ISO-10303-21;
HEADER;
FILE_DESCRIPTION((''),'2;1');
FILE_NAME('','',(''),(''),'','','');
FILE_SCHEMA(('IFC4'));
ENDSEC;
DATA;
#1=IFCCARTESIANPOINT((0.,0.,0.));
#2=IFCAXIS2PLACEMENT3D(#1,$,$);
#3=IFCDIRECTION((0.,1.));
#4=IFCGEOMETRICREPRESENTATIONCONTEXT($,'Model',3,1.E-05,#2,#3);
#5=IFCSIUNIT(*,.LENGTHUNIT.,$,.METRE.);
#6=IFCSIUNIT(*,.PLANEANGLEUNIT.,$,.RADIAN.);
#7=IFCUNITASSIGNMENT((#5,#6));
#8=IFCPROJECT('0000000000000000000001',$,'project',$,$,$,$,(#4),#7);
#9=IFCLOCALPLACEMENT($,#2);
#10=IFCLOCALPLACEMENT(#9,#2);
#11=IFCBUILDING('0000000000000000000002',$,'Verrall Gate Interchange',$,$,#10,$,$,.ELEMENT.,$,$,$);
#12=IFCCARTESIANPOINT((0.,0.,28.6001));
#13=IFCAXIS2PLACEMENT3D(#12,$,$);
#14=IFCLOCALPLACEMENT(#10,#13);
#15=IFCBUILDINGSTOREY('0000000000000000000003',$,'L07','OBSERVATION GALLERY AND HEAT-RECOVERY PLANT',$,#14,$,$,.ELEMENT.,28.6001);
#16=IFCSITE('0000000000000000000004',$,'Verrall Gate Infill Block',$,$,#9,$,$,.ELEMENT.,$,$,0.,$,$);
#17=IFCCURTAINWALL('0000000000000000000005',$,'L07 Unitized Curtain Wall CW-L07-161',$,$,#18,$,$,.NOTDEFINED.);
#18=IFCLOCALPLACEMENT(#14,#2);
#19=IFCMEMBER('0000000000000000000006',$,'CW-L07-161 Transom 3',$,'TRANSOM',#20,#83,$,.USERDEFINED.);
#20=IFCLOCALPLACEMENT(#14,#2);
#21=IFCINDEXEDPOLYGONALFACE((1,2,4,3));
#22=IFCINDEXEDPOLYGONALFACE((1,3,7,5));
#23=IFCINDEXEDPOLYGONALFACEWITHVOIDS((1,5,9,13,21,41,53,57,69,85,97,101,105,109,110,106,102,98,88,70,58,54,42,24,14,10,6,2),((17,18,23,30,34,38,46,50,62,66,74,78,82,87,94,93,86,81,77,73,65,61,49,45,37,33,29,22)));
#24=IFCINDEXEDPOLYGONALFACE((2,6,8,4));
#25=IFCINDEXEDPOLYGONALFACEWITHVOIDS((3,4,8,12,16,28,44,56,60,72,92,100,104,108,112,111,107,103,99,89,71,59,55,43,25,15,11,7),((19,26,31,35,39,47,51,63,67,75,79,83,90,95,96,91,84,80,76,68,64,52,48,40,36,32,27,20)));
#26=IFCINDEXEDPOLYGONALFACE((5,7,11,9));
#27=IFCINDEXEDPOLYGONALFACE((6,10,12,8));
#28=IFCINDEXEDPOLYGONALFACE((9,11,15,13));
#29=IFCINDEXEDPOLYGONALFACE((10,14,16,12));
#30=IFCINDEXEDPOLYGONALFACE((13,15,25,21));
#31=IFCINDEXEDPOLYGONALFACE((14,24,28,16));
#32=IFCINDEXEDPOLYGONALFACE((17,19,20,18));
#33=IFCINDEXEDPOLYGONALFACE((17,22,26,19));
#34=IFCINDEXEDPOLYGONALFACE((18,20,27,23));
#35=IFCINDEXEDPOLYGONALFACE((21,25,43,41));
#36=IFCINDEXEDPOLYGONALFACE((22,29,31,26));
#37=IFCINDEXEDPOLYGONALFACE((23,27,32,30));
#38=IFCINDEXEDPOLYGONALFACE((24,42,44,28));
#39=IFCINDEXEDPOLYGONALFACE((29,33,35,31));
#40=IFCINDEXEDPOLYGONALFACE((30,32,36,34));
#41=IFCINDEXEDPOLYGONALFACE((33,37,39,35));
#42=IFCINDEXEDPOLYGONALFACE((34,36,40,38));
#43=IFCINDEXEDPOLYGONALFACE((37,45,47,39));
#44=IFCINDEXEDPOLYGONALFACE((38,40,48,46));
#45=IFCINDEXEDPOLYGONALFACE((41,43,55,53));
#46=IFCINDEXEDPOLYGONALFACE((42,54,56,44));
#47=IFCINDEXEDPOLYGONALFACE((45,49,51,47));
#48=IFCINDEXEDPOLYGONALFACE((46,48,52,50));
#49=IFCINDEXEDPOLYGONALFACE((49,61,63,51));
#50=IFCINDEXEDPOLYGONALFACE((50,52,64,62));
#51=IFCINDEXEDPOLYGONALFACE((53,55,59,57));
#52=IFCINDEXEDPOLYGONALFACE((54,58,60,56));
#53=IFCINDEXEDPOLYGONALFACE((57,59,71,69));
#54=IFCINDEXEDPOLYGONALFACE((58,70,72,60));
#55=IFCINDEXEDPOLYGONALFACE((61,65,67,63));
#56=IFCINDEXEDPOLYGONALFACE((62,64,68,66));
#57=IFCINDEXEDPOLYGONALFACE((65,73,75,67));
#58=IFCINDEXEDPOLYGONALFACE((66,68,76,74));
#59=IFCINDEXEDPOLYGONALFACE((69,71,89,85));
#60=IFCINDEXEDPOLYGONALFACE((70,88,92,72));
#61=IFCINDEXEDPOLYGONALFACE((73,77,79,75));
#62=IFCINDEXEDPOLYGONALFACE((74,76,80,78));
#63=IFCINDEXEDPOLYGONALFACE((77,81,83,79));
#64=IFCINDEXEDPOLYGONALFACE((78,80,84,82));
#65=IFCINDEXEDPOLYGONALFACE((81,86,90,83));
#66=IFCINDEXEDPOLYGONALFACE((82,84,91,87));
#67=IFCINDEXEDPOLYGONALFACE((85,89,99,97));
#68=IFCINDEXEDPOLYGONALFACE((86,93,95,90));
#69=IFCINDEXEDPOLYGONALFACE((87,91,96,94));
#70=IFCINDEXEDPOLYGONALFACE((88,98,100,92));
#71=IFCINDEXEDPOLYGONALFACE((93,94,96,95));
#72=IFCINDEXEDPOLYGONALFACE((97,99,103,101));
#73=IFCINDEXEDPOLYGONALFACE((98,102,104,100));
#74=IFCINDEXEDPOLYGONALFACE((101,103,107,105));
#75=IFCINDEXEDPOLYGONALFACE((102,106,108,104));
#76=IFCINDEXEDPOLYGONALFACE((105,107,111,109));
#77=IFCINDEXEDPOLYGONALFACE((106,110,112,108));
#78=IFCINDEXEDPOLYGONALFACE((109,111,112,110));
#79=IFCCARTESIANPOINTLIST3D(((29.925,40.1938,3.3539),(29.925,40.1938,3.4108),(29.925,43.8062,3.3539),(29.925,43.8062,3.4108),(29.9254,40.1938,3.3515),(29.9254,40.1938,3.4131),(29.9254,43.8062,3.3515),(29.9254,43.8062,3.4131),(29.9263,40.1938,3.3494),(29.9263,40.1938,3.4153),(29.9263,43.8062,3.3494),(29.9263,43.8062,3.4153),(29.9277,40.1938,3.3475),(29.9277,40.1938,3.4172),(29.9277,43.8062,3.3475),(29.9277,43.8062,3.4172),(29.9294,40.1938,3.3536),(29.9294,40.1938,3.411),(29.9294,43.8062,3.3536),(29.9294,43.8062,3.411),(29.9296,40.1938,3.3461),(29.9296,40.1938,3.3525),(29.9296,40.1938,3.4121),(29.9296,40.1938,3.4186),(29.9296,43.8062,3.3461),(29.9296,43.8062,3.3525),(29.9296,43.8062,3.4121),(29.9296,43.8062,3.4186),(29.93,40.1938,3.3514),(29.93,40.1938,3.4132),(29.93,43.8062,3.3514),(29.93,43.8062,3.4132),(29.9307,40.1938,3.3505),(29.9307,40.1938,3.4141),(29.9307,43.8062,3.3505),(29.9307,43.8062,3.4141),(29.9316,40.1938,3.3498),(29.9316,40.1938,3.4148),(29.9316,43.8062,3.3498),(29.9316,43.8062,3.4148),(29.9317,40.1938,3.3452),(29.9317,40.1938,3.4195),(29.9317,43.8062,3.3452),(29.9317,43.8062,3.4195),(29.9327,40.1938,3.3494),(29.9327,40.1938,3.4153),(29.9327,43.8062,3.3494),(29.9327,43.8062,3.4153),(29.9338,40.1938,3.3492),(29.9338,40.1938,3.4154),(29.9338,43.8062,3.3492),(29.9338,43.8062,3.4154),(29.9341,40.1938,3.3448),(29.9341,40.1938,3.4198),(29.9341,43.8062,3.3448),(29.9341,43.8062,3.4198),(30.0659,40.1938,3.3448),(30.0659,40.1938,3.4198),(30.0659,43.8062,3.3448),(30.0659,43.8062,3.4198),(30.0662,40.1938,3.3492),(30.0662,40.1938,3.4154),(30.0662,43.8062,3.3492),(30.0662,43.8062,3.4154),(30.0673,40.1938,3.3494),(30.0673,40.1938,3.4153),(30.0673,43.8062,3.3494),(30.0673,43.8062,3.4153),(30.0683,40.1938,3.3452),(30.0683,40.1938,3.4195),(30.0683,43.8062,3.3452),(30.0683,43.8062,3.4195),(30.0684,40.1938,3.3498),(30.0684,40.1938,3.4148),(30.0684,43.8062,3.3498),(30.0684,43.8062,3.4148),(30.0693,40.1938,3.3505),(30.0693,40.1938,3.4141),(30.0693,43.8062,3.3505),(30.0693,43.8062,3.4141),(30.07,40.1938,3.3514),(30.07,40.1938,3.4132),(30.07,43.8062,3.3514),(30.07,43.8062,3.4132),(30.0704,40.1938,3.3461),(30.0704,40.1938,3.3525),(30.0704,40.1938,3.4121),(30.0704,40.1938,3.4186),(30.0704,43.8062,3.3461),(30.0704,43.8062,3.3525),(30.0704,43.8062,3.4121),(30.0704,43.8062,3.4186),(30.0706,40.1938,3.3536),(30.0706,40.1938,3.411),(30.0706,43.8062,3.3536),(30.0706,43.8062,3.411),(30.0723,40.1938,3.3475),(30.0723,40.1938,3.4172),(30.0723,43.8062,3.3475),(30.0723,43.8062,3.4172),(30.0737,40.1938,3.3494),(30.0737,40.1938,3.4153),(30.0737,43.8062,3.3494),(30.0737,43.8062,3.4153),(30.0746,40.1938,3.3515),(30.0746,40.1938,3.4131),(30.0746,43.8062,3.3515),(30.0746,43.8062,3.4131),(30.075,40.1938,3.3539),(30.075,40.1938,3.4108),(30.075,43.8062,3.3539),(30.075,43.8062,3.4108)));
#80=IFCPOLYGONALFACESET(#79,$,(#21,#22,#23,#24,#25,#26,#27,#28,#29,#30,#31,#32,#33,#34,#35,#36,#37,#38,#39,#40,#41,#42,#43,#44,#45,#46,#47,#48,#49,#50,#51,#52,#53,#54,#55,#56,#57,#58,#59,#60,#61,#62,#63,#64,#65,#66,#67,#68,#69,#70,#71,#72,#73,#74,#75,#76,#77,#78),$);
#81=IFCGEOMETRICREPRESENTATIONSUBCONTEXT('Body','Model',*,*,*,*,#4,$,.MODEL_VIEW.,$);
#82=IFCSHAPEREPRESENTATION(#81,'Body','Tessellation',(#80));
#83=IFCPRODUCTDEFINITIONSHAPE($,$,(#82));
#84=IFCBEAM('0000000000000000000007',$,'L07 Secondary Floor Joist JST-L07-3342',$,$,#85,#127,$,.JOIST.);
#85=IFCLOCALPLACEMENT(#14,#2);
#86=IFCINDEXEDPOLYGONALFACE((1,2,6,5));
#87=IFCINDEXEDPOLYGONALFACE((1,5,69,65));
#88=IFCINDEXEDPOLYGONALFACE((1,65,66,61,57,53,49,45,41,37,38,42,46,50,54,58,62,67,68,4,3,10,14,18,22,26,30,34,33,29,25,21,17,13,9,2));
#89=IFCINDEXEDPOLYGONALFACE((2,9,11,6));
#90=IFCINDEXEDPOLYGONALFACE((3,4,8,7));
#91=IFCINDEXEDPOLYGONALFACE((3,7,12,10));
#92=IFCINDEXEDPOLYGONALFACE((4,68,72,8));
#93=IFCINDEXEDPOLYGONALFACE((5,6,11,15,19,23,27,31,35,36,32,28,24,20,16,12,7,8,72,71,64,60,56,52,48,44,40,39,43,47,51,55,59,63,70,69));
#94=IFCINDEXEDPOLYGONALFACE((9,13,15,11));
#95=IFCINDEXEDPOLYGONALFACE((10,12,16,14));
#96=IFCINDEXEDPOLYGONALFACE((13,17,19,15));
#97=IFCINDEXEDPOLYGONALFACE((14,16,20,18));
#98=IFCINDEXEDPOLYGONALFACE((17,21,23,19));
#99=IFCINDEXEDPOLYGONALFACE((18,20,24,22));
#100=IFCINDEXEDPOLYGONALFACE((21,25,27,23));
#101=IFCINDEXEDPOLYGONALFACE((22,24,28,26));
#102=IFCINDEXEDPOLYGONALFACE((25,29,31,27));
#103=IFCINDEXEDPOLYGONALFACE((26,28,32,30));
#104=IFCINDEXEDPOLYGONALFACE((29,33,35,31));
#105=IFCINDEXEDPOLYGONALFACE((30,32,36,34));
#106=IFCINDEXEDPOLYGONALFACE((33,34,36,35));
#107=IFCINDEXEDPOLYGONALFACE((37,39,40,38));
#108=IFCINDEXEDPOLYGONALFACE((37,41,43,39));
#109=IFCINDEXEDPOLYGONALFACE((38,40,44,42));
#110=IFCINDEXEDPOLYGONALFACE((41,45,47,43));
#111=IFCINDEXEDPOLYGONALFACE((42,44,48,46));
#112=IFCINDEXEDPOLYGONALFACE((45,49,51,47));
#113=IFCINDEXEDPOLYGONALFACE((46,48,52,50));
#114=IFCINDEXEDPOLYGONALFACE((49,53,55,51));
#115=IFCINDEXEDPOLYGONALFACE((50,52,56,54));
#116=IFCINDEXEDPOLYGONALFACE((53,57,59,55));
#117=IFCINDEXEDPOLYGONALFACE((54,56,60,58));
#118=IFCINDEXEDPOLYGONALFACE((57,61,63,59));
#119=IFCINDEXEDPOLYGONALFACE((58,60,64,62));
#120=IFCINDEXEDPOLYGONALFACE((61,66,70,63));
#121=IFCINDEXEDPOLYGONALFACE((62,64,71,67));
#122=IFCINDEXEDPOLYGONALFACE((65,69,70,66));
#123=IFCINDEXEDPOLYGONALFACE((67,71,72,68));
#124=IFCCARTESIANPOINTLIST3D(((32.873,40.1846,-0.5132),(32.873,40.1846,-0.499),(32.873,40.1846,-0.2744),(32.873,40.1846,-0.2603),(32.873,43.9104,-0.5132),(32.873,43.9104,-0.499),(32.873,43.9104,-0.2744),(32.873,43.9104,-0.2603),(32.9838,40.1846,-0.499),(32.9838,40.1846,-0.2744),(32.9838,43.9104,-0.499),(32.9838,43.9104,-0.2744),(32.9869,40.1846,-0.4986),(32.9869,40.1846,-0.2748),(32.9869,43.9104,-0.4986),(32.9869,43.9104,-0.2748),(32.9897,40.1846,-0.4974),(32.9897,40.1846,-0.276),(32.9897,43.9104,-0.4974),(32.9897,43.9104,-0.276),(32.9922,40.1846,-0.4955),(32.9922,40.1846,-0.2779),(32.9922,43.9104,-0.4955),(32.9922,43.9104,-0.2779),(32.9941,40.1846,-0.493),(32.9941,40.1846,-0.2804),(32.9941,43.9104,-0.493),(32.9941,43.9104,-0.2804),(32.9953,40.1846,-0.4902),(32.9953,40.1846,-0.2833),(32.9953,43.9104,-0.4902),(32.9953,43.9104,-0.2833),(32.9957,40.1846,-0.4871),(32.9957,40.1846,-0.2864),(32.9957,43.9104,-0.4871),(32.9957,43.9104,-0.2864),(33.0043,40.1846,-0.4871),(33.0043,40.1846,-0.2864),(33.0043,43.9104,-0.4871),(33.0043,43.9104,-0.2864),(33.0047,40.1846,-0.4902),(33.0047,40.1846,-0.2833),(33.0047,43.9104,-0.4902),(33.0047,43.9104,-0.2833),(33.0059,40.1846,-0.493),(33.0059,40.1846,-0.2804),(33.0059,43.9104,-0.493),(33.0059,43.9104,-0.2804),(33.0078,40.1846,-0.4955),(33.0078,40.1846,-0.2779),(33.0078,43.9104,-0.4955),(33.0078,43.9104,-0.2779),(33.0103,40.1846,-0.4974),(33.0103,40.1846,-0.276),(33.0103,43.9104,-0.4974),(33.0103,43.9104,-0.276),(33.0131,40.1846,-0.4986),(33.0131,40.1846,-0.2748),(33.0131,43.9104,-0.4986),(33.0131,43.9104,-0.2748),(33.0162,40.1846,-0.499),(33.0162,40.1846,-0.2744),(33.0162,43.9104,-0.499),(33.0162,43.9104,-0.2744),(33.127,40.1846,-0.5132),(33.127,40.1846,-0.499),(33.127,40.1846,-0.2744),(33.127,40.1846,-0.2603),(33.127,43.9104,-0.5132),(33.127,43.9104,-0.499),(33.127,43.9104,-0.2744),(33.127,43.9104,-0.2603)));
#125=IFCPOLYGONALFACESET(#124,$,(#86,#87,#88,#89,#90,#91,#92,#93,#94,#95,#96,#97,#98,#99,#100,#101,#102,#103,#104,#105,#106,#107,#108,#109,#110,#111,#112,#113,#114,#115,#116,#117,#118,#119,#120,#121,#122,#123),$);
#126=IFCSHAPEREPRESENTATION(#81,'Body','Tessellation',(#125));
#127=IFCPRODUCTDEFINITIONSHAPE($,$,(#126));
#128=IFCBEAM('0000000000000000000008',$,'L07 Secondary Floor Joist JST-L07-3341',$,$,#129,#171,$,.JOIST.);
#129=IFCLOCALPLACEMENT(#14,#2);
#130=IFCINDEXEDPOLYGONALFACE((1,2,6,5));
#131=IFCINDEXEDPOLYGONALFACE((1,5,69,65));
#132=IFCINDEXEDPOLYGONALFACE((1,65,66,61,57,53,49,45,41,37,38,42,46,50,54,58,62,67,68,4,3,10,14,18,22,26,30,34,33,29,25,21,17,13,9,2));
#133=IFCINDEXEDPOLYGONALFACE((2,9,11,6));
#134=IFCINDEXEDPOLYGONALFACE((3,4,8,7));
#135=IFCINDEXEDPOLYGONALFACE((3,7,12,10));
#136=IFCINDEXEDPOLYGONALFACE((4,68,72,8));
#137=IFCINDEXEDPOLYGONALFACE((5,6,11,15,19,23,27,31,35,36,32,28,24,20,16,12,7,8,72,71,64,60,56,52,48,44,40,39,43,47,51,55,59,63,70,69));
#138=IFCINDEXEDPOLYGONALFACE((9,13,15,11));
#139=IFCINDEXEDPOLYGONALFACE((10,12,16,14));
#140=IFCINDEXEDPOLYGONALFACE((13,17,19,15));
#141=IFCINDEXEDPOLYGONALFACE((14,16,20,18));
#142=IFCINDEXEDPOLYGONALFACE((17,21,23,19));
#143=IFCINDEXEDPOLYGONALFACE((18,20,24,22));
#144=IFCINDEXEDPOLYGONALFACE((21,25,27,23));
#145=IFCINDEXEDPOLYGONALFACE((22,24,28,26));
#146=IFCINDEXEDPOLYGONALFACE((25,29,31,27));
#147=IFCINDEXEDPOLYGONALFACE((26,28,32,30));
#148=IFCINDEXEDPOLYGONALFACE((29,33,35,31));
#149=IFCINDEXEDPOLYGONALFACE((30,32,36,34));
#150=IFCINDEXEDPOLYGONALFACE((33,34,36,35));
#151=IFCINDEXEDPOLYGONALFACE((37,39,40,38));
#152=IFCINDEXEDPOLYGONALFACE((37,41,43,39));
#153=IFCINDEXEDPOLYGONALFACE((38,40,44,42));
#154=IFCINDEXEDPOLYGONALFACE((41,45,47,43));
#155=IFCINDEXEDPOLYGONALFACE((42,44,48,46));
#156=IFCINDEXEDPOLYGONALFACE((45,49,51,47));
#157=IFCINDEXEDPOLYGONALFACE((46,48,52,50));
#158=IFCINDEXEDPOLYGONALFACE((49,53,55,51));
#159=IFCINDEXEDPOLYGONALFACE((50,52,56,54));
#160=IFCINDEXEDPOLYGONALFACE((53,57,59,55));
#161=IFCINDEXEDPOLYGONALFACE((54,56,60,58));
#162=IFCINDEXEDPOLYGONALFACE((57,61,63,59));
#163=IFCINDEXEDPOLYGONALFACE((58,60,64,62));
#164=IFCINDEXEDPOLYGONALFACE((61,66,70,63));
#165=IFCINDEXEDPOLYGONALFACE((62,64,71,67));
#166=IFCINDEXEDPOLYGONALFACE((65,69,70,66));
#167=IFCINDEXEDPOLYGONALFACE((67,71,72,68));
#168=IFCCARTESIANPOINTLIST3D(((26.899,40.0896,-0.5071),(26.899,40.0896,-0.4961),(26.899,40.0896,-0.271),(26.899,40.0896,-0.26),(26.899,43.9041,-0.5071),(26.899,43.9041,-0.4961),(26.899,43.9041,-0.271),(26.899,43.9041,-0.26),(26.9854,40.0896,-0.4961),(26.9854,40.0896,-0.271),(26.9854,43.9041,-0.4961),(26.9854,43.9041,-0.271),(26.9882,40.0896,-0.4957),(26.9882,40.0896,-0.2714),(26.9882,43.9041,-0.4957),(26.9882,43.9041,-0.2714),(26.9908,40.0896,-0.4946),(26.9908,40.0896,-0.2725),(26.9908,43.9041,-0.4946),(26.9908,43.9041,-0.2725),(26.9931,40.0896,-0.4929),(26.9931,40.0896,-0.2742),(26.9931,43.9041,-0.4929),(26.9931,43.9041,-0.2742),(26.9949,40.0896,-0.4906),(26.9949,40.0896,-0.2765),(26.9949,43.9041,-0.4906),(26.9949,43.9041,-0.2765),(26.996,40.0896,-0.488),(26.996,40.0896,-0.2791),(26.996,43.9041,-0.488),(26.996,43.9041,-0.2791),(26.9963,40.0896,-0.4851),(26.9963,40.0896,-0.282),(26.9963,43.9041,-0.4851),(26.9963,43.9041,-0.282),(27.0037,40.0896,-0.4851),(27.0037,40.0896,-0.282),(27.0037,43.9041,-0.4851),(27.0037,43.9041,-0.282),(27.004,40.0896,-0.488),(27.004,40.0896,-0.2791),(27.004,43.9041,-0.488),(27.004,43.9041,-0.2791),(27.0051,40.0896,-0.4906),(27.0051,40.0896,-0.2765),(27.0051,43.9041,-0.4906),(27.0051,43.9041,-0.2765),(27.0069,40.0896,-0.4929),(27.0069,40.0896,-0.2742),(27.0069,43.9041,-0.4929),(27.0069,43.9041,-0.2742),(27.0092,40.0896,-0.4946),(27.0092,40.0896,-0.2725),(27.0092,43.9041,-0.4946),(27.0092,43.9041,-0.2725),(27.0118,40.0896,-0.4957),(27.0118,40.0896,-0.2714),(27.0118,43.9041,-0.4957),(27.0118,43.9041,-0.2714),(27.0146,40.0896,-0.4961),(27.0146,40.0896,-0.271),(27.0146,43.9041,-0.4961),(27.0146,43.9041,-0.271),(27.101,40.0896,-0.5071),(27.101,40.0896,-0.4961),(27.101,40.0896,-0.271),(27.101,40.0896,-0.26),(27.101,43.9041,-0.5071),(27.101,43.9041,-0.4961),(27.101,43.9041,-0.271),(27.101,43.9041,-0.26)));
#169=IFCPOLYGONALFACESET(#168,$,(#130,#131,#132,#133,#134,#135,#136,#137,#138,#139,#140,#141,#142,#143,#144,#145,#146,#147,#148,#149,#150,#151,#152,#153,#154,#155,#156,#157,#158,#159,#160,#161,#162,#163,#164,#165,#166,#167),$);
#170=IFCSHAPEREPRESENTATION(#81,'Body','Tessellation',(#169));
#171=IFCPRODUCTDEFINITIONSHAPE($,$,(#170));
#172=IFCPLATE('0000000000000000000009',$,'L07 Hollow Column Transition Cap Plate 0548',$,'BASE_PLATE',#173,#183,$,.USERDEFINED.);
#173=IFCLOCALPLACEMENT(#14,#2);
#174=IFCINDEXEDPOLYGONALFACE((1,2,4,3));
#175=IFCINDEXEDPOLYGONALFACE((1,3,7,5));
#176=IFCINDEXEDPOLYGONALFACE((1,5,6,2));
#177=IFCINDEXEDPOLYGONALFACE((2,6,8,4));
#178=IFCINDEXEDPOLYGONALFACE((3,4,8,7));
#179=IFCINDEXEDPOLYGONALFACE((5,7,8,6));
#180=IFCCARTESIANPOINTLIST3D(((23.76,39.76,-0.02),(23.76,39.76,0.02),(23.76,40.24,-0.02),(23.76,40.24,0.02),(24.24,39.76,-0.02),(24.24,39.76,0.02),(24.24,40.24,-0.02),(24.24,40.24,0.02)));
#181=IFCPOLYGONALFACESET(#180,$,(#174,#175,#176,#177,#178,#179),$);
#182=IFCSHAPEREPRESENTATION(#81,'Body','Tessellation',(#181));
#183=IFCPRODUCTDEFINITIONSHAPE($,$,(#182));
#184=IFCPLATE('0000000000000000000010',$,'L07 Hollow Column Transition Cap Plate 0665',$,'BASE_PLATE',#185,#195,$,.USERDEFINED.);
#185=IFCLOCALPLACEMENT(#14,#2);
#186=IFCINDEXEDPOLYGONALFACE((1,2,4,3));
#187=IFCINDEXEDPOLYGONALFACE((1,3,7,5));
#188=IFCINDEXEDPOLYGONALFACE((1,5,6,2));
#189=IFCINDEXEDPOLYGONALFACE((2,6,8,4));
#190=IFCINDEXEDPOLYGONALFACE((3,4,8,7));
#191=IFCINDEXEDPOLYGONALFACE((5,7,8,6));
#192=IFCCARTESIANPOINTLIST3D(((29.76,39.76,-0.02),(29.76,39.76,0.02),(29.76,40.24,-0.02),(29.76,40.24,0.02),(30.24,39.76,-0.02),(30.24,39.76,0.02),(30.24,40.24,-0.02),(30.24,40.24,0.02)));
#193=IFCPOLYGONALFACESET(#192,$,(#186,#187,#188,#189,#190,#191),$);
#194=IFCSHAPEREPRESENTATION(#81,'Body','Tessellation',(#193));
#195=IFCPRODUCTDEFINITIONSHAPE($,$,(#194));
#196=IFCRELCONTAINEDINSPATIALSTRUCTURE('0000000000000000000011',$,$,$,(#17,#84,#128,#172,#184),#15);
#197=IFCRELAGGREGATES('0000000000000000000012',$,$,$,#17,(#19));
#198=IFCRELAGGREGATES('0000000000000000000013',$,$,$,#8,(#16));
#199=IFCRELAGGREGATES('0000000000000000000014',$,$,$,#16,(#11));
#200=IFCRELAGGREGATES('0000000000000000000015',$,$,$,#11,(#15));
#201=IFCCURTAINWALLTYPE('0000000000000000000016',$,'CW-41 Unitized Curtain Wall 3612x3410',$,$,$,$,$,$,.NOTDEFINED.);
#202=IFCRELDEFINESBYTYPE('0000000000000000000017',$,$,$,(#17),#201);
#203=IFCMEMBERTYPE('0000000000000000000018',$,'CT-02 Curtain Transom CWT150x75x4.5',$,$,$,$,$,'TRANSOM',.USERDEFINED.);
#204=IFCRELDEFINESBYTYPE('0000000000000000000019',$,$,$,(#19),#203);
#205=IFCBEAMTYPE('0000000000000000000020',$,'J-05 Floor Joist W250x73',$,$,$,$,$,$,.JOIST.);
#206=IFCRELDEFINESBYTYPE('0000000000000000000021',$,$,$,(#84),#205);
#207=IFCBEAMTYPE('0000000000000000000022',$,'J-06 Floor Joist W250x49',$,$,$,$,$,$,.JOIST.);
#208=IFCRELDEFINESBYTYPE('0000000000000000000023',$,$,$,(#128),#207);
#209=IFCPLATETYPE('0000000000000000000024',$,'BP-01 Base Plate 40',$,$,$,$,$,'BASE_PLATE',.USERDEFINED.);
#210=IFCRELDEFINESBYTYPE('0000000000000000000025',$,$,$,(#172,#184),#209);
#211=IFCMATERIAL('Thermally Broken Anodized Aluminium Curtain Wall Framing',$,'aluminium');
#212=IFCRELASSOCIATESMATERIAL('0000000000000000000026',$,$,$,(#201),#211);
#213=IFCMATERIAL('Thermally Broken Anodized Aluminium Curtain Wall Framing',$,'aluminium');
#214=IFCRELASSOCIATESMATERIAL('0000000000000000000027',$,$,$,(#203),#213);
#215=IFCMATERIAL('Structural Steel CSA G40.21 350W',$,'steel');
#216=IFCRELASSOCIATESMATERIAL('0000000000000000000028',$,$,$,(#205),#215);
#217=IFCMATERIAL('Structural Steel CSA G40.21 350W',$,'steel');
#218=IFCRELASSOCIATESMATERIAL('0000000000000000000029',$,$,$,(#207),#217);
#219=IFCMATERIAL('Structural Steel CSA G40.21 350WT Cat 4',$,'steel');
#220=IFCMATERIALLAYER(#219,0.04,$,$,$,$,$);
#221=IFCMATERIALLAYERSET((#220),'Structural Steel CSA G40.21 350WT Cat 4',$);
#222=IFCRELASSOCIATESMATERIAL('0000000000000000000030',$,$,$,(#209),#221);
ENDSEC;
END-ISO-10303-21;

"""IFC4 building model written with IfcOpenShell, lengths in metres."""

from ifc_helpers import new_model, si_unit, direction, frame, origin, origin_2d, place, context, subcontext, project, spatial, rectangle, hollow_rectangle, i_section, extrude, material, layer, layer_set, material_profile, profile_set, type_object, element, aggregate, save


model = new_model("IFC4")

# Units and contexts
model_context = context("Model", 3, precision=1e-05, world=origin(), true_north=direction((0.0, 1.0)))
body_context = subcontext(model_context, "Body", "Model", "MODEL_VIEW")
ifc_project = project(units=[si_unit("LENGTHUNIT", "METRE"), si_unit("PLANEANGLEUNIT", "RADIAN")], contexts=[model_context])

# Site, building, storey
site_placement = place(None, origin())
site = spatial("IfcSite", under=ifc_project, at=site_placement, Name="Verrall Gate Infill Block", CompositionType="ELEMENT", RefElevation=0.0)
building_placement = place(site_placement, origin())
building = spatial("IfcBuilding", under=site, at=building_placement, Name="Verrall Gate Interchange", CompositionType="ELEMENT")
storey_placement = place(building_placement, frame((0.0, 0.0, 28.6001)))
storey = spatial("IfcBuildingStorey", under=building, at=storey_placement, Name="L07", Description="OBSERVATION GALLERY AND HEAT-RECOVERY PLANT", CompositionType="ELEMENT", Elevation=28.6001)

# Curtain wall, member
ifc_material_1 = material(Name="Thermally Broken Anodized Aluminium Curtain Wall Framing", Category="aluminium")
curtain_wall_type_1 = type_object("IfcCurtainWallType", Name="CW-41 Unitized Curtain Wall 3612x3410", PredefinedType="NOTDEFINED", material=ifc_material_1)
curtain_wall_1_placement = place(storey_placement, origin())
curtain_wall_1 = element("IfcCurtainWall", 1, at=curtain_wall_1_placement, inside=storey, type_object=curtain_wall_type_1, Name="L07 Unitized Curtain Wall CW-L07-161", PredefinedType="NOTDEFINED")
ifc_material_2 = material(Name="Thermally Broken Anodized Aluminium Curtain Wall Framing", Category="aluminium")
ifc_material_profile_1 = material_profile(ifc_material_2, hollow_rectangle(XDim=0.1499, YDim=0.075, WallThickness=0.0044, InnerFilletRadius=0.0044, OuterFilletRadius=0.009, at=origin_2d()), Name="CWT150x75x4.5")
ifc_profile_set_1 = profile_set([ifc_material_profile_1], Name="Thermally Broken Anodized Aluminium Curtain Wall Framing")
member_type_1 = type_object("IfcMemberType", Name="CT-02 Curtain Transom CWT150x75x4.5", ElementType="TRANSOM", PredefinedType="USERDEFINED", material=ifc_profile_set_1)
member_1_placement = place(storey_placement, frame((30.0, 40.1938, 3.3823), z_axis=(0.0, 1.0, 0.0), x_axis=(-1.0, 0.0, 0.0)))
member_1 = element("IfcMember", 2, at=member_1_placement, type_object=member_type_1, Name="CW-L07-161 Transom 3", ObjectType="TRANSOM", PredefinedType="USERDEFINED", context=body_context, shape_type="SweptSolid", body=[
    extrude(hollow_rectangle(XDim=0.1499, YDim=0.075, WallThickness=0.0044, InnerFilletRadius=0.0044, OuterFilletRadius=0.009, at=origin_2d()), origin(), (0.0, 0.0, 1.0), 3.6123),
])

# Beams
ifc_material_3 = material(Name="Structural Steel CSA G40.21 350W", Category="steel")
ifc_material_profile_2 = material_profile(ifc_material_3, i_section(OverallWidth=0.2539, OverallDepth=0.2529, WebThickness=0.0085, FlangeThickness=0.0142, FilletRadius=0.012, at=origin_2d()), Name="W250x73")
ifc_profile_set_2 = profile_set([ifc_material_profile_2], Name="Structural Steel CSA G40.21 350W")
beam_type_1 = type_object("IfcBeamType", Name="J-05 Floor Joist W250x73", PredefinedType="JOIST", material=ifc_profile_set_2)
beam_1_placement = place(storey_placement, frame((33.0, 40.1846, -0.3867), z_axis=(0.0, 1.0, 0.0), x_axis=(-1.0, 0.0, 0.0)))
element("IfcBeam", 3, at=beam_1_placement, inside=storey, type_object=beam_type_1, Name="L07 Secondary Floor Joist JST-L07-3342", PredefinedType="JOIST", context=body_context, shape_type="SweptSolid", body=[
    extrude(i_section(OverallWidth=0.2539, OverallDepth=0.2529, WebThickness=0.0085, FlangeThickness=0.0142, FilletRadius=0.012, at=origin_2d()), origin(), (0.0, 0.0, 1.0), 3.7258),
])
ifc_material_4 = material(Name="Structural Steel CSA G40.21 350W", Category="steel")
ifc_material_profile_3 = material_profile(ifc_material_4, i_section(OverallWidth=0.2019, OverallDepth=0.2471, WebThickness=0.0073, FlangeThickness=0.011, FilletRadius=0.011, at=origin_2d()), Name="W250x49")
ifc_profile_set_3 = profile_set([ifc_material_profile_3], Name="Structural Steel CSA G40.21 350W")
beam_type_2 = type_object("IfcBeamType", Name="J-06 Floor Joist W250x49", PredefinedType="JOIST", material=ifc_profile_set_3)
beam_2_placement = place(storey_placement, frame((27.0, 40.0896, -0.3835), z_axis=(0.0, 1.0, 0.0), x_axis=(-1.0, 0.0, 0.0)))
element("IfcBeam", 4, at=beam_2_placement, inside=storey, type_object=beam_type_2, Name="L07 Secondary Floor Joist JST-L07-3341", PredefinedType="JOIST", context=body_context, shape_type="SweptSolid", body=[
    extrude(i_section(OverallWidth=0.2019, OverallDepth=0.2471, WebThickness=0.0073, FlangeThickness=0.011, FilletRadius=0.011, at=origin_2d()), origin(), (0.0, 0.0, 1.0), 3.8145),
])

# Plates
ifc_material_5 = material(Name="Structural Steel CSA G40.21 350WT Cat 4", Category="steel")
ifc_layer_1 = layer(ifc_material_5, 0.04)
ifc_layer_set_1 = layer_set([ifc_layer_1], Name="Structural Steel CSA G40.21 350WT Cat 4")
plate_type_1 = type_object("IfcPlateType", Name="BP-01 Base Plate 40", ElementType="BASE_PLATE", PredefinedType="USERDEFINED", material=ifc_layer_set_1)
for number, where, z_axis, x_axis, name in (
    (5, (24.0, 40.0, -0.02), (0.0, 0.0, 1.0), (1.0, 0.0, 0.0), "L07 Hollow Column Transition Cap Plate 0548"),
    (6, (30.0, 40.0, -0.02), (0.0, 0.0, 1.0), (1.0, 0.0, 0.0), "L07 Hollow Column Transition Cap Plate 0665"),
):
    element("IfcPlate", number, at=place(storey_placement, frame(where, z_axis=z_axis, x_axis=x_axis)), inside=storey, type_object=plate_type_1, Name=name, ObjectType="BASE_PLATE", PredefinedType="USERDEFINED", context=body_context, shape_type="SweptSolid", body=[
        extrude(rectangle(XDim=0.48, YDim=0.48, at=origin_2d()), origin(), (0.0, 0.0, 1.0), 0.04),
    ])

aggregate(curtain_wall_1, [member_1])

save(model, "model.ifc")
